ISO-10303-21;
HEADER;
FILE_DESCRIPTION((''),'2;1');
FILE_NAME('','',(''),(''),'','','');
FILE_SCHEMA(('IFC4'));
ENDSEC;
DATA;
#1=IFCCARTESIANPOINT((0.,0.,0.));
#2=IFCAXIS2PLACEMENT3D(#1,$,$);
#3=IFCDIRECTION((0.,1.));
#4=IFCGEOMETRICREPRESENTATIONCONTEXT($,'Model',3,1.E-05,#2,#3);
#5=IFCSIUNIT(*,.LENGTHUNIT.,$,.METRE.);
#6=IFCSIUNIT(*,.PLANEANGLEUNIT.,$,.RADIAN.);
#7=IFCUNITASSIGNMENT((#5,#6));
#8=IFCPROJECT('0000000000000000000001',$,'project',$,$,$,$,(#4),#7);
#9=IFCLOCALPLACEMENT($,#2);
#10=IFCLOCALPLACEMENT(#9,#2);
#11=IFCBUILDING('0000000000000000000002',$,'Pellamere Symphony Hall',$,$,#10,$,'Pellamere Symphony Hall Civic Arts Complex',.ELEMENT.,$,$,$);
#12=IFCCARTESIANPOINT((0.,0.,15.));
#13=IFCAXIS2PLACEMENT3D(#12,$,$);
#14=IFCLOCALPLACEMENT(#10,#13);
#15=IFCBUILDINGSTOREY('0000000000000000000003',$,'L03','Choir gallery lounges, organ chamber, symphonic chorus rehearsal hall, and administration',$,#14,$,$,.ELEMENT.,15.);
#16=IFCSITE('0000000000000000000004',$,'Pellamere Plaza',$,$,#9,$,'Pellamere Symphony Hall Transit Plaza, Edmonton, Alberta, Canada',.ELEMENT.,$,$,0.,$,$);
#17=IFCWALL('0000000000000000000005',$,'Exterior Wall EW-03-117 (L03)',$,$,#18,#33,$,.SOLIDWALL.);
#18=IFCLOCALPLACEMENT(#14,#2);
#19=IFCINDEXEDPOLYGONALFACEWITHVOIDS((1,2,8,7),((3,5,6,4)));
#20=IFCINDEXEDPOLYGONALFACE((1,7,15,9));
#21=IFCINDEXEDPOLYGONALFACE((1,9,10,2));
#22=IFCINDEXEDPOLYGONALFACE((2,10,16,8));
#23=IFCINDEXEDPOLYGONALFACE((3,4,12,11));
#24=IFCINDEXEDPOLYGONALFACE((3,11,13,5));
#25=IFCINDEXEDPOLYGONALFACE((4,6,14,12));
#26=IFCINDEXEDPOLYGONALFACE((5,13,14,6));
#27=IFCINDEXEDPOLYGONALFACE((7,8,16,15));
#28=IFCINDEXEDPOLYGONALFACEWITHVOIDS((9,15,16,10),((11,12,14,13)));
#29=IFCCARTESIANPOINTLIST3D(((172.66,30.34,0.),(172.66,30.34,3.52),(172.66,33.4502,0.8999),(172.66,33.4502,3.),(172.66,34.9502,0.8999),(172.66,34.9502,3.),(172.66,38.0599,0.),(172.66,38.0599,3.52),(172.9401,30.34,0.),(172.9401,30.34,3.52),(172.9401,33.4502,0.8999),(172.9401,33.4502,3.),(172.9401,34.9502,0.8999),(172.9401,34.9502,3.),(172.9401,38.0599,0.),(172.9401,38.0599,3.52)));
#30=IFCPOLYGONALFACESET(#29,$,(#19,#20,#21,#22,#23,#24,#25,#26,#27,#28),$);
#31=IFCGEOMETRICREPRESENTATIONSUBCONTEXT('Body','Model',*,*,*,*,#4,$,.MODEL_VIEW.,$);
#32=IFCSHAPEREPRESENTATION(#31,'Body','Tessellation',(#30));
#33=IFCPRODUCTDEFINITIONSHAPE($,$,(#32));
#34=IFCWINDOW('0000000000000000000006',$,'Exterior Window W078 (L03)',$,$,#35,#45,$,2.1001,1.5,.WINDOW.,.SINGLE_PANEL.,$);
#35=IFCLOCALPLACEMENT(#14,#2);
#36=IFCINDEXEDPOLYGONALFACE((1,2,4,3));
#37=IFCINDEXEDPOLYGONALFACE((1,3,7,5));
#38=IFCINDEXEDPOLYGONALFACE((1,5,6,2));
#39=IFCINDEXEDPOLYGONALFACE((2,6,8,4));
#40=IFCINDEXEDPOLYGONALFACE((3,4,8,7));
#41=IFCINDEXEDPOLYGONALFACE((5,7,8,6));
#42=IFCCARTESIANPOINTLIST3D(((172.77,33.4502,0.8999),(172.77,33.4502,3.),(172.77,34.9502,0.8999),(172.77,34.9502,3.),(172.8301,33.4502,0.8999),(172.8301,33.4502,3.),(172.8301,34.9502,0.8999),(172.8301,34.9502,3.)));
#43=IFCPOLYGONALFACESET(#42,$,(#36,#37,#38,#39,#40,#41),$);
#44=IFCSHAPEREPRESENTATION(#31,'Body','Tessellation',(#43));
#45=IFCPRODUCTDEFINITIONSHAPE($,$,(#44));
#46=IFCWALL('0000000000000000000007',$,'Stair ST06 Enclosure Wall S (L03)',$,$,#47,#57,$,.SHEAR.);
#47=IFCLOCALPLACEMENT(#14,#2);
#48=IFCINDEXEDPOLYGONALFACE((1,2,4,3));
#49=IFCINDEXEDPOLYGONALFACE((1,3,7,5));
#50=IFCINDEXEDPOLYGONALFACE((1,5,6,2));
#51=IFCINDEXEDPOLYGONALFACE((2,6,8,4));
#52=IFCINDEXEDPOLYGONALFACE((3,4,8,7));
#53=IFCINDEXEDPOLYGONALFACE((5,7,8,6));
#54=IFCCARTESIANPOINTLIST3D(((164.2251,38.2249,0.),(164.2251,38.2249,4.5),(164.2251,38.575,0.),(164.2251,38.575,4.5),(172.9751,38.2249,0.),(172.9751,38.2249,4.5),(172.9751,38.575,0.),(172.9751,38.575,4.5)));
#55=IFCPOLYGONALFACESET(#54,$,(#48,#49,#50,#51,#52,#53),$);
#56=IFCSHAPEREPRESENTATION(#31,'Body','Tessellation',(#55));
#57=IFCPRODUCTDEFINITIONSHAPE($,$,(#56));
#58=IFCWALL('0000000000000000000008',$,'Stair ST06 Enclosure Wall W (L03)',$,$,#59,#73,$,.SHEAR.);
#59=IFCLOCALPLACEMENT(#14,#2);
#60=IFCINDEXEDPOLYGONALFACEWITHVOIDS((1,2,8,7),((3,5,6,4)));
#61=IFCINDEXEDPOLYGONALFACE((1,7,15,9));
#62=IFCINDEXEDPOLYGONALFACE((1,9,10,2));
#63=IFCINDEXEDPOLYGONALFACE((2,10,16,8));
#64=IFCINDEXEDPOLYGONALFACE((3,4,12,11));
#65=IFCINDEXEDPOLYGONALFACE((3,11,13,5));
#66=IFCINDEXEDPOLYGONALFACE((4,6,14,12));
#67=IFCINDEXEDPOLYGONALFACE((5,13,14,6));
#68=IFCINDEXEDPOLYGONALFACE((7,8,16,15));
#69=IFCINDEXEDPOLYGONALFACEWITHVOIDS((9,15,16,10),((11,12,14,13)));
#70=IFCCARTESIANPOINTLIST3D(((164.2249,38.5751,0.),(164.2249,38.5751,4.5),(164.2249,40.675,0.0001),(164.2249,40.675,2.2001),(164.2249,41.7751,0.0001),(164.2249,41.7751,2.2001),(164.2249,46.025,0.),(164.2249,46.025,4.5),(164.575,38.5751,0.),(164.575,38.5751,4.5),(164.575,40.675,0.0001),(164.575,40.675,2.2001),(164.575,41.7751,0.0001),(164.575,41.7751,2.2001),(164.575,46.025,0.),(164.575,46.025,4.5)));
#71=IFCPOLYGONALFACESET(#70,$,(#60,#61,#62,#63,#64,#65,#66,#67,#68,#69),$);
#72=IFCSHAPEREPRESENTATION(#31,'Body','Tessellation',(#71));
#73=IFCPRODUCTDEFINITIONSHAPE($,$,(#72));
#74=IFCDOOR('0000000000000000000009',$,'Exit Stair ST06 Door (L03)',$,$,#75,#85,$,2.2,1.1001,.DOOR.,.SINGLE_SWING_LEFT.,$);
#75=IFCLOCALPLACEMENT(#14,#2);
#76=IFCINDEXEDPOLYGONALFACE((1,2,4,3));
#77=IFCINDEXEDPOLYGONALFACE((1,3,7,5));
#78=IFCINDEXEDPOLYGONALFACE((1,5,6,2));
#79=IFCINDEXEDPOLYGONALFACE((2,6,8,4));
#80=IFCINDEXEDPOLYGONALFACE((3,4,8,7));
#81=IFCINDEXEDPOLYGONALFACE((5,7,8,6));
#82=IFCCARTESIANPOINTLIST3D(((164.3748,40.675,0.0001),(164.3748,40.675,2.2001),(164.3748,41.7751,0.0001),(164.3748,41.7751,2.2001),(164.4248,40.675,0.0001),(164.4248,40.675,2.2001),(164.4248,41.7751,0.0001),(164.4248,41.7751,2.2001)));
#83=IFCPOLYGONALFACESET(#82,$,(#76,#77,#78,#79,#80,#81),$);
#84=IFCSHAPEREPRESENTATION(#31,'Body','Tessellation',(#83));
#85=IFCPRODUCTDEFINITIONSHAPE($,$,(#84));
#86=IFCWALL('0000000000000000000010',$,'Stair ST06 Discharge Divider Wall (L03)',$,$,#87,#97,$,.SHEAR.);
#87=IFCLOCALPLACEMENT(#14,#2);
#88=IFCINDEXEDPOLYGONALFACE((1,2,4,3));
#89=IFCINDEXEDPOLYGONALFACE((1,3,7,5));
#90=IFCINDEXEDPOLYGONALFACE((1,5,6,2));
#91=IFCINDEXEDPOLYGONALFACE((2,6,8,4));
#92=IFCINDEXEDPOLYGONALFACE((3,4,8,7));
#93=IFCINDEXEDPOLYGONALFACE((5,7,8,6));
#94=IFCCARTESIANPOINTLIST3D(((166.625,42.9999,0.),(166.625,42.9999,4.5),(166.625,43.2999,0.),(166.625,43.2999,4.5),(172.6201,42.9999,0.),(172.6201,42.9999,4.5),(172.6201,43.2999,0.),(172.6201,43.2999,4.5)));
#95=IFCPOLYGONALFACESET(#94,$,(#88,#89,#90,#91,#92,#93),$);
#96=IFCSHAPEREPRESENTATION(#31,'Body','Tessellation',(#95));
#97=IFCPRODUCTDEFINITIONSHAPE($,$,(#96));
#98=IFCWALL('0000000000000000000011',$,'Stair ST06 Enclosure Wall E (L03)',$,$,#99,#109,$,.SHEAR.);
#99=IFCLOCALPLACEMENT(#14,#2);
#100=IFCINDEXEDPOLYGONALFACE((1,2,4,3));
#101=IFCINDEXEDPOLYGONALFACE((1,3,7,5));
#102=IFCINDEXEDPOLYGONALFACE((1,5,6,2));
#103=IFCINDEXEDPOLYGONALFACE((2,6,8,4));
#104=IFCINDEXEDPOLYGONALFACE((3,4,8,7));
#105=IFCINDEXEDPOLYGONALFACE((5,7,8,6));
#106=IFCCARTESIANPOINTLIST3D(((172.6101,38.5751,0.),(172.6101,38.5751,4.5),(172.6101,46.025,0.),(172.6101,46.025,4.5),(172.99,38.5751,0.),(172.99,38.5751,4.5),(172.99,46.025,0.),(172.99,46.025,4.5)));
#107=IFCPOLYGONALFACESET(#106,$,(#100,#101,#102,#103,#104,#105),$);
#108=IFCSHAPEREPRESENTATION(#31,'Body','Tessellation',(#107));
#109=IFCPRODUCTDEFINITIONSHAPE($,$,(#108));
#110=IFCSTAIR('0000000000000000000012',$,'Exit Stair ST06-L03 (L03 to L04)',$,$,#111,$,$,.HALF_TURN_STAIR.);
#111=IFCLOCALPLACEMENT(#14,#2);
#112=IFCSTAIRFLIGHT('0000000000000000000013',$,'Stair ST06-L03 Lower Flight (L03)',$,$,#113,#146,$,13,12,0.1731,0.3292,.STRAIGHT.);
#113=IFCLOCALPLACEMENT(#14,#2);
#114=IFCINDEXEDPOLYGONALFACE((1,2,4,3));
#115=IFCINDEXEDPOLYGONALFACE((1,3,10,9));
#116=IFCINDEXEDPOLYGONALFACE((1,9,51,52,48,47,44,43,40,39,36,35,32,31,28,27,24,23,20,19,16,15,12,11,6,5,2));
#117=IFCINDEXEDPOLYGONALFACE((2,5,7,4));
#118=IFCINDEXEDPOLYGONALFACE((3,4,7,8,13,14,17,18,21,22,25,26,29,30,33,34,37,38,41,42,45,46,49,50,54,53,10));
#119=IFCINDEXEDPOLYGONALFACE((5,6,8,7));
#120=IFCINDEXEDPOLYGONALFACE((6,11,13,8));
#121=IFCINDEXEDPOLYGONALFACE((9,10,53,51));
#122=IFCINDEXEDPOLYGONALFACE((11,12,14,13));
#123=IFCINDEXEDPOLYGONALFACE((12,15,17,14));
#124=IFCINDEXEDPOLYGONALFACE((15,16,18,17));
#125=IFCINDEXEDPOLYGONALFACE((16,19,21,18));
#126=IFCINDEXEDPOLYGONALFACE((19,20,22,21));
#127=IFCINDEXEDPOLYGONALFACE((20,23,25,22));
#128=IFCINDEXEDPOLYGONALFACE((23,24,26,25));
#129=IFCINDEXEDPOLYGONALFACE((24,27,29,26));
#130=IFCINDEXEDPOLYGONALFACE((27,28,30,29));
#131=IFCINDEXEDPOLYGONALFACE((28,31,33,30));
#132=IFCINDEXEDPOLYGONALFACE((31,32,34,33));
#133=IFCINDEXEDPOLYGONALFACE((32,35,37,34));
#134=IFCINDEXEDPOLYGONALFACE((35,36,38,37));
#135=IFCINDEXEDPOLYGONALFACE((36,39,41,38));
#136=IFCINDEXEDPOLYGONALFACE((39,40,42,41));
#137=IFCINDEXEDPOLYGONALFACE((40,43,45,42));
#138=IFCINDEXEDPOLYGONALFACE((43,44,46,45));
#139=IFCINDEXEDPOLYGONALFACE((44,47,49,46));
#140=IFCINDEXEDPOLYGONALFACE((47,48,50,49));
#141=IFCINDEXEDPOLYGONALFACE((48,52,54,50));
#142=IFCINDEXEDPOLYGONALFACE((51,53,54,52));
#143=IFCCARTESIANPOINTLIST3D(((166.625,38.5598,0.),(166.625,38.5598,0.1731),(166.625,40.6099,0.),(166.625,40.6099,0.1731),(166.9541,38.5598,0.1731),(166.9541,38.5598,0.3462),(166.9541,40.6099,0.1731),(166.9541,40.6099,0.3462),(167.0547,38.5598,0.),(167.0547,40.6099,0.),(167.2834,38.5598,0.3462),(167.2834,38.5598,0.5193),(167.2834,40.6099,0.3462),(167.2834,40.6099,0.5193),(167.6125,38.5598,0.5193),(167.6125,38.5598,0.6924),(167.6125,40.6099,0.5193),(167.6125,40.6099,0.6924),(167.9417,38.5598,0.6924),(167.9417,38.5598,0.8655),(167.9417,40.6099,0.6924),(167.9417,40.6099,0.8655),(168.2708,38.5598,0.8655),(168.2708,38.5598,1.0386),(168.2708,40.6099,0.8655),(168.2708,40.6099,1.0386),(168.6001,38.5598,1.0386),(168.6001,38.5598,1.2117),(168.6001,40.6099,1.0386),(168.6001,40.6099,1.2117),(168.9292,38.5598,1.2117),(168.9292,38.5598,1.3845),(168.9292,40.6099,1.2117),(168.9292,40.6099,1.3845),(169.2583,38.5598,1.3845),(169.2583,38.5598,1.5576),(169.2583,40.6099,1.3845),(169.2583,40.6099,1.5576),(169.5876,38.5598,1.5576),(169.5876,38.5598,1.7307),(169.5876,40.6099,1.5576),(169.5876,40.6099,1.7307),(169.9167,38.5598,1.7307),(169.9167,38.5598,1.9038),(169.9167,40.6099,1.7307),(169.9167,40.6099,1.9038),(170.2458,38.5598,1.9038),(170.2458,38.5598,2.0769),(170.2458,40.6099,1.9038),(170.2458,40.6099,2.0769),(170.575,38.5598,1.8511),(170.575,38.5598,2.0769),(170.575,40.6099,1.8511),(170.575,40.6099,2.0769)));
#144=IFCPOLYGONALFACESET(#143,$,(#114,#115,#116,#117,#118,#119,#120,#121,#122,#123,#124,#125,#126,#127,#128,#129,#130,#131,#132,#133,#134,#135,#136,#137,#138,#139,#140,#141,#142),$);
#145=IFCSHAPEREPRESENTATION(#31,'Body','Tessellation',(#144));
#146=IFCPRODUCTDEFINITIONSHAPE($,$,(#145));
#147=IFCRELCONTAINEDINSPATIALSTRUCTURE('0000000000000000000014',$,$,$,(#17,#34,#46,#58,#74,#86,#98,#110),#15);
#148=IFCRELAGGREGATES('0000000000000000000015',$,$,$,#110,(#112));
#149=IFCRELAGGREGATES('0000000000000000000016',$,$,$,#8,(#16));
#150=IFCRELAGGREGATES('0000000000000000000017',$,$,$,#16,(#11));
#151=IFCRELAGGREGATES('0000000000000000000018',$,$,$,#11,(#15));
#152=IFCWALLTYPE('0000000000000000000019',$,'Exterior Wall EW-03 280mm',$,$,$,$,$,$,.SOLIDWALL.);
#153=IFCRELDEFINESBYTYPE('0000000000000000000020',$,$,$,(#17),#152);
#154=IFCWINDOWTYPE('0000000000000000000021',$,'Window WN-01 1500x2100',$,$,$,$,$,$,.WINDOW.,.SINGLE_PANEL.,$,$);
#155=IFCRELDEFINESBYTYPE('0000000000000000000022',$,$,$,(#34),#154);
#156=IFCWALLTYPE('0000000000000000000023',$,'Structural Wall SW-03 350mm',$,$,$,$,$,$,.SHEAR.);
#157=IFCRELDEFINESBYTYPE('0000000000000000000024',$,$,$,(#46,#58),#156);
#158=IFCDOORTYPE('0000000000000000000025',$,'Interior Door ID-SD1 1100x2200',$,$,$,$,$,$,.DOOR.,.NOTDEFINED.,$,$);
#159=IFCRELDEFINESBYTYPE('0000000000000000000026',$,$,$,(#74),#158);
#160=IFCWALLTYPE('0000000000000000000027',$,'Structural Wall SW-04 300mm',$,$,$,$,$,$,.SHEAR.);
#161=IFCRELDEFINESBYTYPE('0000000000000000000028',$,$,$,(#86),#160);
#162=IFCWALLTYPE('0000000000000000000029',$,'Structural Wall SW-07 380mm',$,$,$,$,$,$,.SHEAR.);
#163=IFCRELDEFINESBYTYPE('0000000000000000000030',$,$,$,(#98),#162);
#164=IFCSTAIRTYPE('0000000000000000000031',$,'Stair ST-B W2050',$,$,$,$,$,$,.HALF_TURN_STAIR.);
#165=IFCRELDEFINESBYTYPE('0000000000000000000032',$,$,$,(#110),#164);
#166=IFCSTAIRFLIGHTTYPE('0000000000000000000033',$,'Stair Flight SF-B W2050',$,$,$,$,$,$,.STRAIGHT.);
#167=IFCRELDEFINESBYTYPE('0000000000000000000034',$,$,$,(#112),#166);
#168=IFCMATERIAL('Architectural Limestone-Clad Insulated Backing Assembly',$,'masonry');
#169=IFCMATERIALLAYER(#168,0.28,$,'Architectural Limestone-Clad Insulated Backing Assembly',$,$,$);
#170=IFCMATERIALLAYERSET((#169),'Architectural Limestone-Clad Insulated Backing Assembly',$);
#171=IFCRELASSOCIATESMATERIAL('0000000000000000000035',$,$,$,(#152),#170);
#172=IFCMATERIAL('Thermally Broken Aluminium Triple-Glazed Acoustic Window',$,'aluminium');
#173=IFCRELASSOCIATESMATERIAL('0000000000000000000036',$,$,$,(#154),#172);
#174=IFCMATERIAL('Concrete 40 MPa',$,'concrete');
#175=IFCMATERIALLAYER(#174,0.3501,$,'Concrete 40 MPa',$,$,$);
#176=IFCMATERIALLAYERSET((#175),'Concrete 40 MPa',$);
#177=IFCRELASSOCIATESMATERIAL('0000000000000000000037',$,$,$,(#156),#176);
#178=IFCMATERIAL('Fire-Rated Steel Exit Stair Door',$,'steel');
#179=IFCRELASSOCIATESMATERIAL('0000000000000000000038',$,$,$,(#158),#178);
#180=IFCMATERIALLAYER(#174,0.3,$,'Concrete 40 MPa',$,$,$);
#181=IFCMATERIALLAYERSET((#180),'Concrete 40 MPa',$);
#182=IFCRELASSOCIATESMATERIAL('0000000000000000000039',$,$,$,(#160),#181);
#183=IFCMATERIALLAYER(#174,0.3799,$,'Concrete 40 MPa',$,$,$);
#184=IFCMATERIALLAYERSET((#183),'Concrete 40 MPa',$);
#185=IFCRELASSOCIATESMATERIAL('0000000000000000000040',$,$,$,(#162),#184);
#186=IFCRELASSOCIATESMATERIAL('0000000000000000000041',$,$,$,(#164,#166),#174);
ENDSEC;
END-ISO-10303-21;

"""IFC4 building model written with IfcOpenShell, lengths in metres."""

from ifc_helpers import new_model, si_unit, direction, frame, frame_2d, origin, place, context, subcontext, project, spatial, polyline, rectangle, outline, extrude, material, layer, layer_set, type_object, element, fill, aggregate, save


model = new_model("IFC4")

# Units and contexts
model_context = context("Model", 3, precision=1e-05, world=origin(), true_north=direction((0.0, 1.0)))
body_context = subcontext(model_context, "Body", "Model", "MODEL_VIEW")
ifc_project = project(units=[si_unit("LENGTHUNIT", "METRE"), si_unit("PLANEANGLEUNIT", "RADIAN")], contexts=[model_context])

# Site, building, storey
site_placement = place(None, origin())
site = spatial("IfcSite", under=ifc_project, at=site_placement, Name="Pellamere Plaza", LongName="Pellamere Symphony Hall Transit Plaza, Edmonton, Alberta, Canada", CompositionType="ELEMENT", RefElevation=0.0)
building_placement = place(site_placement, origin())
building = spatial("IfcBuilding", under=site, at=building_placement, Name="Pellamere Symphony Hall", LongName="Pellamere Symphony Hall Civic Arts Complex", CompositionType="ELEMENT")
storey_placement = place(building_placement, frame((0.0, 0.0, 15.0)))
storey = spatial("IfcBuildingStorey", under=building, at=storey_placement, Name="L03", Description="Choir gallery lounges, organ chamber, symphonic chorus rehearsal hall, and administration", CompositionType="ELEMENT", Elevation=15.0)

# Shared definitions
ifc_material_1 = material(Name="Concrete 40 MPa", Category="concrete")

# Wall, opening, window
ifc_material_2 = material(Name="Architectural Limestone-Clad Insulated Backing Assembly", Category="masonry")
ifc_layer_1 = layer(ifc_material_2, 0.28, Name="Architectural Limestone-Clad Insulated Backing Assembly")
ifc_layer_set_1 = layer_set([ifc_layer_1], Name="Architectural Limestone-Clad Insulated Backing Assembly")
wall_type_1 = type_object("IfcWallType", Name="Exterior Wall EW-03 280mm", PredefinedType="SOLIDWALL", material=ifc_layer_set_1)
ifc_material_3 = material(Name="Thermally Broken Aluminium Triple-Glazed Acoustic Window", Category="aluminium")
wall_1_placement = place(storey_placement, frame((172.8, 30.3401, 0.0), z_axis=(0.0, 0.0, 1.0), x_axis=(0.0, 1.0, 0.0)))
wall_1 = element("IfcWall", 1, at=wall_1_placement, inside=storey, type_object=wall_type_1, Name="Exterior Wall EW-03-117 (L03)", PredefinedType="SOLIDWALL", context=body_context, shape_type="SweptSolid", body=[
    extrude(rectangle(XDim=7.72, YDim=0.28, at=frame_2d((3.8599, 0.0))), origin(), (0.0, 0.0, 1.0), 3.52),
])
opening_1_placement = place(wall_1_placement, frame((3.1101, 0.0, 0.8999)))
opening_1 = element("IfcOpeningElement", 2, at=opening_1_placement, cuts=wall_1, PredefinedType="OPENING", context=body_context, shape_type="SweptSolid", body=[
    extrude(rectangle(XDim=1.5, YDim=2.1001, at=frame_2d((0.75, 1.05))), frame((0.0, 0.1499, 0.0), z_axis=(0.0, -1.0, 0.0), x_axis=(1.0, 0.0, 0.0)), (0.0, 0.0, 1.0), 0.3),
])
window_type_1 = type_object("IfcWindowType", Name="Window WN-01 1500x2100", PartitioningType="SINGLE_PANEL", PredefinedType="WINDOW", material=ifc_material_3)
window_1_placement = place(opening_1_placement, origin())
window_1 = element("IfcWindow", 3, at=window_1_placement, inside=storey, type_object=window_type_1, Name="Exterior Window W078 (L03)", OverallHeight=2.1001, OverallWidth=1.5, PartitioningType="SINGLE_PANEL", PredefinedType="WINDOW", context=body_context, shape_type="SweptSolid", body=[
    extrude(rectangle(XDim=1.5, YDim=2.1001, at=frame_2d((0.75, 1.05))), frame((0.0, 0.03, 0.0), z_axis=(0.0, -1.0, 0.0), x_axis=(1.0, 0.0, 0.0)), (0.0, 0.0, 1.0), 0.0601),
])
fill(opening_1, window_1)

# Wall
ifc_layer_2 = layer(ifc_material_1, 0.3501, Name="Concrete 40 MPa")
ifc_layer_set_2 = layer_set([ifc_layer_2], Name="Concrete 40 MPa")
wall_type_2 = type_object("IfcWallType", Name="Structural Wall SW-03 350mm", PredefinedType="SHEAR", material=ifc_layer_set_2)
wall_2_placement = place(storey_placement, frame((164.2251, 38.3999, 0.0), z_axis=(0.0, 0.0, 1.0), x_axis=(1.0, 0.0, 0.0)))
element("IfcWall", 4, at=wall_2_placement, inside=storey, type_object=wall_type_2, Name="Stair ST06 Enclosure Wall S (L03)", PredefinedType="SHEAR", context=body_context, shape_type="SweptSolid", body=[
    extrude(rectangle(XDim=8.75, YDim=0.3501, at=frame_2d((4.375, 0.0))), origin(), (0.0, 0.0, 1.0), 4.5),
])

# Wall, opening, door
wall_3_placement = place(storey_placement, frame((164.3999, 38.575, 0.0), z_axis=(0.0, 0.0, 1.0), x_axis=(0.0, 1.0, 0.0)))
wall_3 = element("IfcWall", 5, at=wall_3_placement, inside=storey, type_object=wall_type_2, Name="Stair ST06 Enclosure Wall W (L03)", PredefinedType="SHEAR", context=body_context, shape_type="SweptSolid", body=[
    extrude(rectangle(XDim=7.45, YDim=0.3501, at=frame_2d((3.7251, 0.0))), origin(), (0.0, 0.0, 1.0), 4.5),
])
opening_2_placement = place(wall_3_placement, frame((2.1001, 0.0, 0.0)))
opening_2 = element("IfcOpeningElement", 6, at=opening_2_placement, cuts=wall_3, PredefinedType="OPENING", context=body_context, shape_type="SweptSolid", body=[
    extrude(rectangle(XDim=1.1001, YDim=2.2, at=frame_2d((0.55, 1.1001))), frame((0.0, 0.1851, 0.0), z_axis=(0.0, -1.0, 0.0), x_axis=(1.0, 0.0, 0.0)), (0.0, 0.0, 1.0), 0.3701),
])
ifc_material_4 = material(Name="Fire-Rated Steel Exit Stair Door", Category="steel")
door_type = type_object("IfcDoorType", Name="Interior Door ID-SD1 1100x2200", OperationType="NOTDEFINED", PredefinedType="DOOR", material=ifc_material_4)
door_placement = place(opening_2_placement, frame((1.1001, 0.0, 0.0), z_axis=(0.0, 0.0, 1.0), x_axis=(-1.0, 0.0, 0.0)))
door = element("IfcDoor", 7, at=door_placement, inside=storey, type_object=door_type, Name="Exit Stair ST06 Door (L03)", OperationType="SINGLE_SWING_LEFT", OverallHeight=2.2, OverallWidth=1.1001, PredefinedType="DOOR", context=body_context, shape_type="SweptSolid", body=[
    extrude(rectangle(XDim=1.1001, YDim=2.2, at=frame_2d((0.55, 1.1001))), frame((0.0, 0.0249, 0.0), z_axis=(0.0, -1.0, 0.0), x_axis=(1.0, 0.0, 0.0)), (0.0, 0.0, 1.0), 0.05),
])
fill(opening_2, door)

# Walls
ifc_layer_3 = layer(ifc_material_1, 0.3, Name="Concrete 40 MPa")
ifc_layer_set_3 = layer_set([ifc_layer_3], Name="Concrete 40 MPa")
wall_type_3 = type_object("IfcWallType", Name="Structural Wall SW-04 300mm", PredefinedType="SHEAR", material=ifc_layer_set_3)
wall_4_placement = place(storey_placement, frame((166.625, 43.1499, 0.0), z_axis=(0.0, 0.0, 1.0), x_axis=(1.0, 0.0, 0.0)))
element("IfcWall", 8, at=wall_4_placement, inside=storey, type_object=wall_type_3, Name="Stair ST06 Discharge Divider Wall (L03)", PredefinedType="SHEAR", context=body_context, shape_type="SweptSolid", body=[
    extrude(rectangle(XDim=5.9951, YDim=0.3, at=frame_2d((2.9976, 0.0))), origin(), (0.0, 0.0, 1.0), 4.5),
])
ifc_layer_4 = layer(ifc_material_1, 0.3799, Name="Concrete 40 MPa")
ifc_layer_set_4 = layer_set([ifc_layer_4], Name="Concrete 40 MPa")
wall_type_4 = type_object("IfcWallType", Name="Structural Wall SW-07 380mm", PredefinedType="SHEAR", material=ifc_layer_set_4)
wall_5_placement = place(storey_placement, frame((172.8, 38.575, 0.0), z_axis=(0.0, 0.0, 1.0), x_axis=(0.0, 1.0, 0.0)))
element("IfcWall", 9, at=wall_5_placement, inside=storey, type_object=wall_type_4, Name="Stair ST06 Enclosure Wall E (L03)", PredefinedType="SHEAR", context=body_context, shape_type="SweptSolid", body=[
    extrude(rectangle(XDim=7.45, YDim=0.3799, at=frame_2d((3.7251, 0.0))), origin(), (0.0, 0.0, 1.0), 4.5),
])

# Stair, stair flight
stair_type = type_object("IfcStairType", Name="Stair ST-B W2050", PredefinedType="HALF_TURN_STAIR", material=ifc_material_1)
stair_placement = place(storey_placement, origin())
stair = element("IfcStair", 10, at=stair_placement, inside=storey, type_object=stair_type, Name="Exit Stair ST06-L03 (L03 to L04)", PredefinedType="HALF_TURN_STAIR")
stair_flight_type = type_object("IfcStairFlightType", Name="Stair Flight SF-B W2050", PredefinedType="STRAIGHT", material=ifc_material_1)
stair_flight_1_placement = place(storey_placement, frame((166.625, 39.585, 0.0), z_axis=(0.0, 0.0, 1.0), x_axis=(1.0, 0.0, 0.0)))
stair_flight_1 = element("IfcStairFlight", 11, at=stair_flight_1_placement, type_object=stair_flight_type, Name="Stair ST06-L03 Lower Flight (L03)", NumberOfRisers=13, NumberOfTreads=12, PredefinedType="STRAIGHT", RiserHeight=0.1731, TreadLength=0.3292, context=body_context, shape_type="SweptSolid", body=[
    extrude(outline(polyline([(0.0, 0.0), (0.0, 0.1731), (0.3291, 0.1731), (0.3291, 0.3462), (0.6584, 0.3462), (0.6584, 0.5193), (0.9875, 0.5193), (0.9875, 0.6924), (1.3167, 0.6924), (1.3167, 0.8655), (1.6458, 0.8655), (1.6458, 1.0386), (1.9751, 1.0386), (1.9751, 1.2117), (2.3042, 1.2117), (2.3042, 1.3845), (2.6333, 1.3845), (2.6333, 1.5576), (2.9626, 1.5576), (2.9626, 1.7307), (3.2917, 1.7307), (3.2917, 1.9038), (3.6208, 1.9038), (3.6208, 2.0769), (3.95, 2.0769), (3.95, 2.25), (3.95, 1.8511), (0.4297, 0.0), (0.0, 0.0)])), frame((0.0, 1.0249, 0.0), z_axis=(0.0, -1.0, 0.0), x_axis=(1.0, 0.0, 0.0)), (0.0, 0.0, 1.0), 2.05),
])
aggregate(stair, [stair_flight_1])

save(model, "model.ifc")
